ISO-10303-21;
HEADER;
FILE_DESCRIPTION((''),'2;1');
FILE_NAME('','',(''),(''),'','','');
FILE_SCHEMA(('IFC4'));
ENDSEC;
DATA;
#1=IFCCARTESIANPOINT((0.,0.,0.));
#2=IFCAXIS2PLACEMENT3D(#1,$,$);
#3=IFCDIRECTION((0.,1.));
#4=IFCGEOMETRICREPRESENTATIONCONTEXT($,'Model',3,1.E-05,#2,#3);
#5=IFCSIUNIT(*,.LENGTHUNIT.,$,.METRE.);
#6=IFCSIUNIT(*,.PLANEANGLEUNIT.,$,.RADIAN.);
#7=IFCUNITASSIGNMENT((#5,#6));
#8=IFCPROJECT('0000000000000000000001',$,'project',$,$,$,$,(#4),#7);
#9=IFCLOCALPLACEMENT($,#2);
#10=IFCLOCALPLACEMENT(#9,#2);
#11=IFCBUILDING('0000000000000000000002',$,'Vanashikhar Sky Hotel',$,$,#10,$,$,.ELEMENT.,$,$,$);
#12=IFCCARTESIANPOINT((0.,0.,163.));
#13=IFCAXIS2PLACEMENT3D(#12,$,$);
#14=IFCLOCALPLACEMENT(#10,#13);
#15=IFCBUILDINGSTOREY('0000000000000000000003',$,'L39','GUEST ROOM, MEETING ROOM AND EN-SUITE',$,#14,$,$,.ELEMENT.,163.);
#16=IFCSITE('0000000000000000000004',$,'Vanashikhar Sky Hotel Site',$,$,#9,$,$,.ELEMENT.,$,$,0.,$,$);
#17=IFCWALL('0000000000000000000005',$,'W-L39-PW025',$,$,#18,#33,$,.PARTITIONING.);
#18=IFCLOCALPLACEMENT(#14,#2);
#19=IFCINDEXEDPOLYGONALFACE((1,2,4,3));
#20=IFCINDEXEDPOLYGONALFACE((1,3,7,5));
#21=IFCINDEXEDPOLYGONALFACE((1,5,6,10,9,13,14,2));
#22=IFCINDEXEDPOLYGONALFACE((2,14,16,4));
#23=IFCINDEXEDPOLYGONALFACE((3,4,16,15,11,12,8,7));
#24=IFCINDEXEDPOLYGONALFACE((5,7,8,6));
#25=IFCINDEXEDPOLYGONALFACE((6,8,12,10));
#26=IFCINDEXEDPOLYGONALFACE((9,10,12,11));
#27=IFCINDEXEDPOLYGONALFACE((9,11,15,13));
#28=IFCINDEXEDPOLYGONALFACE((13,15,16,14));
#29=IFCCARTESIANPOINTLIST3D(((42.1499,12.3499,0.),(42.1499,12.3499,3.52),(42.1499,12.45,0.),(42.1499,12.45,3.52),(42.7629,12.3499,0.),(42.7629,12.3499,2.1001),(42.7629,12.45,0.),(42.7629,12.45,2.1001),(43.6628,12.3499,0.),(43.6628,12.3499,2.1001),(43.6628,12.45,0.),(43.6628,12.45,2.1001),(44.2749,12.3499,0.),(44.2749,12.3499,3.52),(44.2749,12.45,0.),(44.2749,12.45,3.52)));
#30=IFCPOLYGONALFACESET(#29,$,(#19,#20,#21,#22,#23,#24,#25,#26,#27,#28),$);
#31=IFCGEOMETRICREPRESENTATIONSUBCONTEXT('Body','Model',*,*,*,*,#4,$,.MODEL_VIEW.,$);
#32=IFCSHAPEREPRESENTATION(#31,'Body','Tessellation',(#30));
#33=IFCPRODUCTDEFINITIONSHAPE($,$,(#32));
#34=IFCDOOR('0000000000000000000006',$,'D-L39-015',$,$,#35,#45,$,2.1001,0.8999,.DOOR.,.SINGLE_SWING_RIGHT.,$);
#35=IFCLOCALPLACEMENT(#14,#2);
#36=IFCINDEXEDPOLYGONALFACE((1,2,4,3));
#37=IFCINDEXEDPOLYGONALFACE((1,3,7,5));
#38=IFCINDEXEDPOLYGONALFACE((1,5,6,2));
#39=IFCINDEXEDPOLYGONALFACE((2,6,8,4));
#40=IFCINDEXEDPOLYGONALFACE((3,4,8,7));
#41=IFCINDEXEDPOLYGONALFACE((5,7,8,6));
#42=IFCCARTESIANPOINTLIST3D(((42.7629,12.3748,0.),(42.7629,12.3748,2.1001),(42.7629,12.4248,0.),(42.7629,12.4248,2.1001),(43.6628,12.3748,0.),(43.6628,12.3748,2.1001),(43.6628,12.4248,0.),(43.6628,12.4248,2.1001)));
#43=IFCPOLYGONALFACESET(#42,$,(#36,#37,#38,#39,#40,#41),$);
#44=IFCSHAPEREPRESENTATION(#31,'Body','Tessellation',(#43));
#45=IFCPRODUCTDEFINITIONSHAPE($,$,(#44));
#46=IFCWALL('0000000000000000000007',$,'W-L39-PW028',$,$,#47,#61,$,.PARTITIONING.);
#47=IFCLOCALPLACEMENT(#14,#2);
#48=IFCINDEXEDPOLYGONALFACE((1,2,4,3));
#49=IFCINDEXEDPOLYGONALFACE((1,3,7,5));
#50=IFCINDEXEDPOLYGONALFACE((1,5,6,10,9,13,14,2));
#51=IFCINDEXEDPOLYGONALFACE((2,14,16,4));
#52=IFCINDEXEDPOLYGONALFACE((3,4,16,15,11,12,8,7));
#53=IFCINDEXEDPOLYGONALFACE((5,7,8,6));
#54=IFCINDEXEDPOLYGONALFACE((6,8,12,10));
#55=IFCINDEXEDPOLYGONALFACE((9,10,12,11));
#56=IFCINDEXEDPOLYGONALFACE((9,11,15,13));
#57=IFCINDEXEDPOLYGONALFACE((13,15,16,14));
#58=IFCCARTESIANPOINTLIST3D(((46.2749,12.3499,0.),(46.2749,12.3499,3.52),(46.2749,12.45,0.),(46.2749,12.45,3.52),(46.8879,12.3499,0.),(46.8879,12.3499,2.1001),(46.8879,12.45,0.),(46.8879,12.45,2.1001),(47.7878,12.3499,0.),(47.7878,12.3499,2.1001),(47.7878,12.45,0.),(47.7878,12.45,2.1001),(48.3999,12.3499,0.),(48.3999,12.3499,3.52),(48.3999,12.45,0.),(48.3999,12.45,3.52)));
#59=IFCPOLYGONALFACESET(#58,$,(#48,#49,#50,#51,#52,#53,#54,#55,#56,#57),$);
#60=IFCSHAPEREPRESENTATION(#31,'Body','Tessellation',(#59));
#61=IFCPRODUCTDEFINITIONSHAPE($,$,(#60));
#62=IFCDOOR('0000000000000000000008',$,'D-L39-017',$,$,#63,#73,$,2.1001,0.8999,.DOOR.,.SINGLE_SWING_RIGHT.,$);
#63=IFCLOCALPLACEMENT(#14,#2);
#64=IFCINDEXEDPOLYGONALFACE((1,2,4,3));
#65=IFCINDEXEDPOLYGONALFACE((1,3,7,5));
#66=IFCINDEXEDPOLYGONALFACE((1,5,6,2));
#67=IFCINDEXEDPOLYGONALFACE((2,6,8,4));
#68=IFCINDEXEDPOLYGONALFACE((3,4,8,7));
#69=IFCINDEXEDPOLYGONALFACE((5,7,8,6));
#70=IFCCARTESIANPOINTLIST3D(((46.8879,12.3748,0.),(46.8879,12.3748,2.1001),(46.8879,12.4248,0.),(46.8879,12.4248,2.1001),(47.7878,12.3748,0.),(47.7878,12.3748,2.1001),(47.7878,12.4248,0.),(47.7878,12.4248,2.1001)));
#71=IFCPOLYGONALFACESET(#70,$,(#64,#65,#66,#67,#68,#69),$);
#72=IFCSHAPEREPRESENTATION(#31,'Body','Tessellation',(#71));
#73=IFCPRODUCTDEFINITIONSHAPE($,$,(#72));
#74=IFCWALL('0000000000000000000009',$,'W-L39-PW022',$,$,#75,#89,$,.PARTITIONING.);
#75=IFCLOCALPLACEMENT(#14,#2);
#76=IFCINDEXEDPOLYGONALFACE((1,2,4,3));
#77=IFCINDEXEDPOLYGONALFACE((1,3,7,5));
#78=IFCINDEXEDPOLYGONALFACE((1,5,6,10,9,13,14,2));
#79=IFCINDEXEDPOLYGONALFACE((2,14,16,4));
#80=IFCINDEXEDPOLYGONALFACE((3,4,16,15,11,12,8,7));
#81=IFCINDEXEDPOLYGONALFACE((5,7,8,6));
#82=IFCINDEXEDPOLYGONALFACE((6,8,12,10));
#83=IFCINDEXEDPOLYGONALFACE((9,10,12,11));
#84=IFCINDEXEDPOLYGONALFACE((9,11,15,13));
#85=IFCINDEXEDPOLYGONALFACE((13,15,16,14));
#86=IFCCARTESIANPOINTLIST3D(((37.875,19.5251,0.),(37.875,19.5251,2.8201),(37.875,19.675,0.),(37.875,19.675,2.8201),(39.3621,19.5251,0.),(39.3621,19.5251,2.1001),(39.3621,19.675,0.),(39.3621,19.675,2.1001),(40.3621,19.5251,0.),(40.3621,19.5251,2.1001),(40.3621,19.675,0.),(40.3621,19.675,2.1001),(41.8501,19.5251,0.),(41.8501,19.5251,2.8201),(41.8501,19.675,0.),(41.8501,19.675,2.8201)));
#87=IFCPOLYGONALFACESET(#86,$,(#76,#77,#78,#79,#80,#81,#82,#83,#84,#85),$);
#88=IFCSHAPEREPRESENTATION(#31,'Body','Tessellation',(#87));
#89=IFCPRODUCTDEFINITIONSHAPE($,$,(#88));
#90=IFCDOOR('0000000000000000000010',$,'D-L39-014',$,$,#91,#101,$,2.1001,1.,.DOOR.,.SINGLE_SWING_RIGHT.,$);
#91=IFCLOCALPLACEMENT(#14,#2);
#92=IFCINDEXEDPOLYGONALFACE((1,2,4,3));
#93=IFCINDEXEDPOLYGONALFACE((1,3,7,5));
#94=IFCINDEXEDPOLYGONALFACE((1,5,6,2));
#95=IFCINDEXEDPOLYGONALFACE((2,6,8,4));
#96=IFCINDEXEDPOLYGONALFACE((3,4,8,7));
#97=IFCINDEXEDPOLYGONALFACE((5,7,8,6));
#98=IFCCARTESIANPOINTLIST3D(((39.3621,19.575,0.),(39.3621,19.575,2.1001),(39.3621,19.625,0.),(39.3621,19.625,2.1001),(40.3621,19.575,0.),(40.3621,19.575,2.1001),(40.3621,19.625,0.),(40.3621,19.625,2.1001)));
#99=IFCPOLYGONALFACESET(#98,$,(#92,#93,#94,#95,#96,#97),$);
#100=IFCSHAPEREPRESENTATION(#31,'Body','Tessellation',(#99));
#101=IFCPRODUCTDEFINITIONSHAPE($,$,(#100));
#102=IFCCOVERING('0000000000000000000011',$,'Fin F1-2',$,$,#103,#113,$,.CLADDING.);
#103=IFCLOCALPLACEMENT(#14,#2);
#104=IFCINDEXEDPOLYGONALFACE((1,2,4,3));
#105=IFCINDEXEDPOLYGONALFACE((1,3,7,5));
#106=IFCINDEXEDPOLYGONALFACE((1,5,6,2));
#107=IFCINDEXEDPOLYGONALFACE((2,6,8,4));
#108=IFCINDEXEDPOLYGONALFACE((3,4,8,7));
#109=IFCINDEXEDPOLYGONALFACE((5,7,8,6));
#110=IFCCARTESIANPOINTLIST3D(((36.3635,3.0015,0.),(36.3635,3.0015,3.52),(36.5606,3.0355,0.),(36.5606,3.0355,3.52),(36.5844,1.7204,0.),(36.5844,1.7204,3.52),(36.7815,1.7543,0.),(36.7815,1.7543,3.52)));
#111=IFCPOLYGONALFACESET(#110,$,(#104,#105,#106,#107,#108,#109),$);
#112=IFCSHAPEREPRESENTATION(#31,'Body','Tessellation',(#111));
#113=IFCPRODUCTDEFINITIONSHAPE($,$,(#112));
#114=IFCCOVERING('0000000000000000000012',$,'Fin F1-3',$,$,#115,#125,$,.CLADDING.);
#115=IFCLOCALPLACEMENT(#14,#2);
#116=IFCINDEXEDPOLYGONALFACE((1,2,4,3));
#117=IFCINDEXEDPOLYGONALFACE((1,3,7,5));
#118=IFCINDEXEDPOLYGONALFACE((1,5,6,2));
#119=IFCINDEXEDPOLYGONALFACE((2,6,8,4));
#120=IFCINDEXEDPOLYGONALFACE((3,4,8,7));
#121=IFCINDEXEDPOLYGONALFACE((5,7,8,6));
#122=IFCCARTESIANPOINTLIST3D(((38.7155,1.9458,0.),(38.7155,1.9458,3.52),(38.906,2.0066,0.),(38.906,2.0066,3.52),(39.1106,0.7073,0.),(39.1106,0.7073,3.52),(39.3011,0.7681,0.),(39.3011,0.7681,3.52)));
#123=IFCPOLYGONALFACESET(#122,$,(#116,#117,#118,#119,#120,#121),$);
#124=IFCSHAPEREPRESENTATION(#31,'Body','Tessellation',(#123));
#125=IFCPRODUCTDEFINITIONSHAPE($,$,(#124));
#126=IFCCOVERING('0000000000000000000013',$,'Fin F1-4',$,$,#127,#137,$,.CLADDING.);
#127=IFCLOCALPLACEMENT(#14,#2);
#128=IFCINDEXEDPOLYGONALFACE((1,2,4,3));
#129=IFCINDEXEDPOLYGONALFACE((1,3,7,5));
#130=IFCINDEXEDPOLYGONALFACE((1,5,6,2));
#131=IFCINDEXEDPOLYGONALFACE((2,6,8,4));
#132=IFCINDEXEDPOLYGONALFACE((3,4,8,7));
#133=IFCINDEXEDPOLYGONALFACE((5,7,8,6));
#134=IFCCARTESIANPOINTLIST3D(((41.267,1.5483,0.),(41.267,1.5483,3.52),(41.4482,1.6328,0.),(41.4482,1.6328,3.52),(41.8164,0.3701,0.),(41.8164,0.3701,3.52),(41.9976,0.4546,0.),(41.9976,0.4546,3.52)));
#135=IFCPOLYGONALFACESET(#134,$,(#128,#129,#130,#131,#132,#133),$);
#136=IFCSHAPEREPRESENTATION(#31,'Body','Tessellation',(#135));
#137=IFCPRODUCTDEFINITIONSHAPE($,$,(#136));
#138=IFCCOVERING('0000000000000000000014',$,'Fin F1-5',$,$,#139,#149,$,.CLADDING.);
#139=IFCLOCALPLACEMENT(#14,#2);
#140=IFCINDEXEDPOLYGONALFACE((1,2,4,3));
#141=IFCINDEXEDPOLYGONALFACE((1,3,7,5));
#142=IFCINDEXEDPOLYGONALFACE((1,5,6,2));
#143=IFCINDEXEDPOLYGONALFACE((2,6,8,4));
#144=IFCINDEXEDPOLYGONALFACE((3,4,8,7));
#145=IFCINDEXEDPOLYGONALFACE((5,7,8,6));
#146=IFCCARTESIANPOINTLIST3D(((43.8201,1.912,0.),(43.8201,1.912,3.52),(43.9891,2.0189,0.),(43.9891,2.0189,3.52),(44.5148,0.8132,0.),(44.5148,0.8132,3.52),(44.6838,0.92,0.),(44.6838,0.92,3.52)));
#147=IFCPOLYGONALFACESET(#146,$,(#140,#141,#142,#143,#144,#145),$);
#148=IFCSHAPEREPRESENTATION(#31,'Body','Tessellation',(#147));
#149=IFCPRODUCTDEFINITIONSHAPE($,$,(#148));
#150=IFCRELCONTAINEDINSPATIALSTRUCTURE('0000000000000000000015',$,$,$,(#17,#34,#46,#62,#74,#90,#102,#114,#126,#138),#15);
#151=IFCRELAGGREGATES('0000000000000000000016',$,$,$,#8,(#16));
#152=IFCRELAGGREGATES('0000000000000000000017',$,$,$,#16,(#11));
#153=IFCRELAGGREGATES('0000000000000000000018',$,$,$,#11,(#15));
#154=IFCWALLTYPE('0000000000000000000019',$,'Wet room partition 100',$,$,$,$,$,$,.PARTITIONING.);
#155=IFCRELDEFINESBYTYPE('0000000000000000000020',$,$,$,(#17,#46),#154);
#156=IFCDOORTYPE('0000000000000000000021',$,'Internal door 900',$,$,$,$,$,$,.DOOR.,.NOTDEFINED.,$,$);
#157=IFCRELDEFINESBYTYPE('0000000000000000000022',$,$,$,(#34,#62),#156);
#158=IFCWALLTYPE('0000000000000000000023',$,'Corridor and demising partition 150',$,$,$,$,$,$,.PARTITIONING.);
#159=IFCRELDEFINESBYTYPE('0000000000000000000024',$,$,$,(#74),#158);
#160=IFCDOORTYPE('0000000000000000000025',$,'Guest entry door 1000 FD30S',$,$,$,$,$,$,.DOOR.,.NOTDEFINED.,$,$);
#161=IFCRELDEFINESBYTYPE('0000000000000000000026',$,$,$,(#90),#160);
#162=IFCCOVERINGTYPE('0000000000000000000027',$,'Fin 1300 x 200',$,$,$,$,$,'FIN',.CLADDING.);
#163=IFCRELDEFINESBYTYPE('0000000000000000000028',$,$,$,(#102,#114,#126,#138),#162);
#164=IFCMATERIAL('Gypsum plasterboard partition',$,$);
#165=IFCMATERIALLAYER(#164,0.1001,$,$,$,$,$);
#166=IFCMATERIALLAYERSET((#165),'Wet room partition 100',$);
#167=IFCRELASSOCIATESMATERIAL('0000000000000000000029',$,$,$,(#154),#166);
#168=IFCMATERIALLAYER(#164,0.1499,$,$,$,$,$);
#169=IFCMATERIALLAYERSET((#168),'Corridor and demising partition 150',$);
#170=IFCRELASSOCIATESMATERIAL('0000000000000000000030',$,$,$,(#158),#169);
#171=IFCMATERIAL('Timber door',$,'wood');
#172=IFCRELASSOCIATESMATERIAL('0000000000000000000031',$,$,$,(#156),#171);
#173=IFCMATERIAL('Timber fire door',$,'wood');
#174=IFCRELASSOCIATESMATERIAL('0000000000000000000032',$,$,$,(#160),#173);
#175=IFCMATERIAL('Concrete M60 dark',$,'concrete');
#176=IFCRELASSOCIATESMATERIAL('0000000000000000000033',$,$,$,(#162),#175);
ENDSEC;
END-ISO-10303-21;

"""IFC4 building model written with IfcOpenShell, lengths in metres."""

from ifc_helpers import new_model, si_unit, direction, frame, frame_2d, origin, origin_2d, place, context, subcontext, project, spatial, rectangle, extrude, source, transform, mapped, material, layer, layer_set, material_profile, profile_set, type_object, element, fill, save


model = new_model("IFC4")

# Units and contexts
model_context = context("Model", 3, precision=1e-05, world=origin(), true_north=direction((0.0, 1.0)))
body_context = subcontext(model_context, "Body", "Model", "MODEL_VIEW")
ifc_project = project(units=[si_unit("LENGTHUNIT", "METRE"), si_unit("PLANEANGLEUNIT", "RADIAN")], contexts=[model_context])

# Site, building, storey
site_placement = place(None, origin())
site = spatial("IfcSite", under=ifc_project, at=site_placement, Name="Vanashikhar Sky Hotel Site", CompositionType="ELEMENT", RefElevation=0.0)
building_placement = place(site_placement, origin())
building = spatial("IfcBuilding", under=site, at=building_placement, Name="Vanashikhar Sky Hotel", CompositionType="ELEMENT")
storey_placement = place(building_placement, frame((0.0, 0.0, 163.0)))
storey = spatial("IfcBuildingStorey", under=building, at=storey_placement, Name="L39", Description="GUEST ROOM, MEETING ROOM AND EN-SUITE", CompositionType="ELEMENT", Elevation=163.0)

# Shared definitions
ifc_material_1 = material(Name="Gypsum plasterboard partition")
ifc_layer_1 = layer(ifc_material_1, 0.1001)
ifc_layer_set_1 = layer_set([ifc_layer_1], Name="Wet room partition 100")
wall_type_1 = type_object("IfcWallType", Name="Wet room partition 100", PredefinedType="PARTITIONING", material=ifc_layer_set_1)
ifc_layer_2 = layer(ifc_material_1, 0.1499)
ifc_layer_set_2 = layer_set([ifc_layer_2], Name="Corridor and demising partition 150")
wall_type_2 = type_object("IfcWallType", Name="Corridor and demising partition 150", PredefinedType="PARTITIONING", material=ifc_layer_set_2)

# Walls, openings, doors
shared_shape_1 = source(origin(), body_context, "Body", "SweptSolid", [
    extrude(rectangle(XDim=2.125, YDim=0.1001, at=frame_2d((1.0625, 0.0))), origin(), (0.0, 0.0, 1.0), 3.52),
])
wall_1_placement = place(storey_placement, frame((42.1499, 12.3999, 0.0), z_axis=(0.0, 0.0, 1.0), x_axis=(1.0, 0.0, 0.0)))
wall_1 = element("IfcWall", 1, at=wall_1_placement, inside=storey, type_object=wall_type_1, Name="W-L39-PW025", PredefinedType="PARTITIONING", context=body_context, shape_type="MappedRepresentation", body=[
    mapped(shared_shape_1, transform((0.0, 0.0, 0.0), scale=1.0)),
])
shared_shape_2 = source(origin(), body_context, "Body", "SweptSolid", [
    extrude(rectangle(XDim=0.8999, YDim=2.1001, at=frame_2d((0.45, 1.05))), frame((0.0, 0.0601, 0.0), z_axis=(0.0, -1.0, 0.0), x_axis=(1.0, 0.0, 0.0)), (0.0, 0.0, 1.0), 0.1201),
])
opening_1_placement = place(wall_1_placement, frame((0.613, 0.0, 0.0)))
opening_1 = element("IfcOpeningElement", 2, at=opening_1_placement, cuts=wall_1, PredefinedType="OPENING", context=body_context, shape_type="MappedRepresentation", body=[
    mapped(shared_shape_2, transform((0.0, 0.0, 0.0), scale=1.0)),
])
ifc_material_2 = material(Name="Timber door", Category="wood")
door_type_1 = type_object("IfcDoorType", Name="Internal door 900", OperationType="NOTDEFINED", PredefinedType="DOOR", material=ifc_material_2)
shared_shape_3 = source(origin(), body_context, "Body", "SweptSolid", [
    extrude(rectangle(XDim=0.8999, YDim=2.1001, at=frame_2d((0.45, 1.05))), frame((0.0, 0.0249, 0.0), z_axis=(0.0, -1.0, 0.0), x_axis=(1.0, 0.0, 0.0)), (0.0, 0.0, 1.0), 0.05),
])
door_1_placement = place(opening_1_placement, origin())
door_1 = element("IfcDoor", 3, at=door_1_placement, inside=storey, type_object=door_type_1, Name="D-L39-015", OperationType="SINGLE_SWING_RIGHT", OverallHeight=2.1001, OverallWidth=0.8999, PredefinedType="DOOR", context=body_context, shape_type="MappedRepresentation", body=[
    mapped(shared_shape_3, transform((0.0, 0.0, 0.0), scale=1.0)),
])
fill(opening_1, door_1)
wall_2_placement = place(storey_placement, frame((46.2749, 12.3999, 0.0), z_axis=(0.0, 0.0, 1.0), x_axis=(1.0, 0.0, 0.0)))
wall_2 = element("IfcWall", 4, at=wall_2_placement, inside=storey, type_object=wall_type_1, Name="W-L39-PW028", PredefinedType="PARTITIONING", context=body_context, shape_type="MappedRepresentation", body=[
    mapped(shared_shape_1, transform((0.0, 0.0, 0.0), scale=1.0)),
])
opening_2_placement = place(wall_2_placement, frame((0.613, 0.0, 0.0)))
opening_2 = element("IfcOpeningElement", 5, at=opening_2_placement, cuts=wall_2, PredefinedType="OPENING", context=body_context, shape_type="MappedRepresentation", body=[
    mapped(shared_shape_2, transform((0.0, 0.0, 0.0), scale=1.0)),
])
door_2_placement = place(opening_2_placement, origin())
door_2 = element("IfcDoor", 6, at=door_2_placement, inside=storey, type_object=door_type_1, Name="D-L39-017", OperationType="SINGLE_SWING_RIGHT", OverallHeight=2.1001, OverallWidth=0.8999, PredefinedType="DOOR", context=body_context, shape_type="MappedRepresentation", body=[
    mapped(shared_shape_3, transform((0.0, 0.0, 0.0), scale=1.0)),
])
fill(opening_2, door_2)
shared_shape_4 = source(origin(), body_context, "Body", "SweptSolid", [
    extrude(rectangle(XDim=3.9751, YDim=0.1499, at=frame_2d((1.9875, 0.0))), origin(), (0.0, 0.0, 1.0), 2.8201),
])
wall_3_placement = place(storey_placement, frame((37.875, 19.6001, 0.0), z_axis=(0.0, 0.0, 1.0), x_axis=(1.0, 0.0, 0.0)))
wall_3 = element("IfcWall", 7, at=wall_3_placement, inside=storey, type_object=wall_type_2, Name="W-L39-PW022", PredefinedType="PARTITIONING", context=body_context, shape_type="MappedRepresentation", body=[
    mapped(shared_shape_4, transform((0.0, 0.0, 0.0), scale=1.0)),
])
shared_shape_5 = source(origin(), body_context, "Body", "SweptSolid", [
    extrude(rectangle(XDim=1.0, YDim=2.1001, at=frame_2d((0.5, 1.05))), frame((0.0, 0.085, 0.0), z_axis=(0.0, -1.0, 0.0), x_axis=(1.0, 0.0, 0.0)), (0.0, 0.0, 1.0), 0.1699),
])
opening_3_placement = place(wall_3_placement, frame((1.4871, 0.0, 0.0)))
opening_3 = element("IfcOpeningElement", 8, at=opening_3_placement, cuts=wall_3, PredefinedType="OPENING", context=body_context, shape_type="MappedRepresentation", body=[
    mapped(shared_shape_5, transform((0.0, 0.0, 0.0), scale=1.0)),
])
ifc_material_3 = material(Name="Timber fire door", Category="wood")
door_type_2 = type_object("IfcDoorType", Name="Guest entry door 1000 FD30S", OperationType="NOTDEFINED", PredefinedType="DOOR", material=ifc_material_3)
shared_shape_6 = source(origin(), body_context, "Body", "SweptSolid", [
    extrude(rectangle(XDim=1.0, YDim=2.1001, at=frame_2d((0.5, 1.05))), frame((0.0, 0.0249, 0.0), z_axis=(0.0, -1.0, 0.0), x_axis=(1.0, 0.0, 0.0)), (0.0, 0.0, 1.0), 0.05),
])
door_3_placement = place(opening_3_placement, origin())
door_3 = element("IfcDoor", 9, at=door_3_placement, inside=storey, type_object=door_type_2, Name="D-L39-014", OperationType="SINGLE_SWING_RIGHT", OverallHeight=2.1001, OverallWidth=1.0, PredefinedType="DOOR", context=body_context, shape_type="MappedRepresentation", body=[
    mapped(shared_shape_6, transform((0.0, 0.0, 0.0), scale=1.0)),
])
fill(opening_3, door_3)

# Coverings
ifc_material_4 = material(Name="Concrete M60 dark", Category="concrete")
ifc_material_profile_1 = material_profile(ifc_material_4, rectangle(XDim=1.3, YDim=0.2, at=origin_2d()))
ifc_profile_set_1 = profile_set([ifc_material_profile_1], Name="Fin 1300 x 200")
covering_type = type_object("IfcCoveringType", Name="Fin 1300 x 200", ElementType="FIN", PredefinedType="CLADDING", material=ifc_profile_set_1)
shared_shape_7 = source(origin(), body_context, "Body", "SweptSolid", [
    extrude(rectangle(XDim=1.3, YDim=0.2, at=origin_2d()), origin(), (0.0, 0.0, 1.0), 3.52),
])
for number, where, z_axis, x_axis, name in (
    (10, (36.5725, 2.3779, 0.0), (0.0, 0.0, 1.0), (0.1699, -0.985461, 0.0), "Fin F1-2"),
    (11, (39.0083, 1.3569, 0.0), (0.0, 0.0, 1.0), (0.303967, -0.952683, 0.0), "Fin F1-3"),
    (12, (41.6323, 1.0015, 0.0), (0.0, 0.0, 1.0), (0.422618, -0.906308, 0.0), "Fin F1-4"),
    (13, (44.252, 1.416, 0.0), (0.0, 0.0, 1.0), (0.534411, -0.845225, 0.0), "Fin F1-5"),
):
    element("IfcCovering", number, at=place(storey_placement, frame(where, z_axis=z_axis, x_axis=x_axis)), inside=storey, type_object=covering_type, Name=name, PredefinedType="CLADDING", context=body_context, shape_type="MappedRepresentation", body=[
        mapped(shared_shape_7, transform((0.0, 0.0, 0.0), scale=1.0)),
    ])

save(model, "model.ifc")
